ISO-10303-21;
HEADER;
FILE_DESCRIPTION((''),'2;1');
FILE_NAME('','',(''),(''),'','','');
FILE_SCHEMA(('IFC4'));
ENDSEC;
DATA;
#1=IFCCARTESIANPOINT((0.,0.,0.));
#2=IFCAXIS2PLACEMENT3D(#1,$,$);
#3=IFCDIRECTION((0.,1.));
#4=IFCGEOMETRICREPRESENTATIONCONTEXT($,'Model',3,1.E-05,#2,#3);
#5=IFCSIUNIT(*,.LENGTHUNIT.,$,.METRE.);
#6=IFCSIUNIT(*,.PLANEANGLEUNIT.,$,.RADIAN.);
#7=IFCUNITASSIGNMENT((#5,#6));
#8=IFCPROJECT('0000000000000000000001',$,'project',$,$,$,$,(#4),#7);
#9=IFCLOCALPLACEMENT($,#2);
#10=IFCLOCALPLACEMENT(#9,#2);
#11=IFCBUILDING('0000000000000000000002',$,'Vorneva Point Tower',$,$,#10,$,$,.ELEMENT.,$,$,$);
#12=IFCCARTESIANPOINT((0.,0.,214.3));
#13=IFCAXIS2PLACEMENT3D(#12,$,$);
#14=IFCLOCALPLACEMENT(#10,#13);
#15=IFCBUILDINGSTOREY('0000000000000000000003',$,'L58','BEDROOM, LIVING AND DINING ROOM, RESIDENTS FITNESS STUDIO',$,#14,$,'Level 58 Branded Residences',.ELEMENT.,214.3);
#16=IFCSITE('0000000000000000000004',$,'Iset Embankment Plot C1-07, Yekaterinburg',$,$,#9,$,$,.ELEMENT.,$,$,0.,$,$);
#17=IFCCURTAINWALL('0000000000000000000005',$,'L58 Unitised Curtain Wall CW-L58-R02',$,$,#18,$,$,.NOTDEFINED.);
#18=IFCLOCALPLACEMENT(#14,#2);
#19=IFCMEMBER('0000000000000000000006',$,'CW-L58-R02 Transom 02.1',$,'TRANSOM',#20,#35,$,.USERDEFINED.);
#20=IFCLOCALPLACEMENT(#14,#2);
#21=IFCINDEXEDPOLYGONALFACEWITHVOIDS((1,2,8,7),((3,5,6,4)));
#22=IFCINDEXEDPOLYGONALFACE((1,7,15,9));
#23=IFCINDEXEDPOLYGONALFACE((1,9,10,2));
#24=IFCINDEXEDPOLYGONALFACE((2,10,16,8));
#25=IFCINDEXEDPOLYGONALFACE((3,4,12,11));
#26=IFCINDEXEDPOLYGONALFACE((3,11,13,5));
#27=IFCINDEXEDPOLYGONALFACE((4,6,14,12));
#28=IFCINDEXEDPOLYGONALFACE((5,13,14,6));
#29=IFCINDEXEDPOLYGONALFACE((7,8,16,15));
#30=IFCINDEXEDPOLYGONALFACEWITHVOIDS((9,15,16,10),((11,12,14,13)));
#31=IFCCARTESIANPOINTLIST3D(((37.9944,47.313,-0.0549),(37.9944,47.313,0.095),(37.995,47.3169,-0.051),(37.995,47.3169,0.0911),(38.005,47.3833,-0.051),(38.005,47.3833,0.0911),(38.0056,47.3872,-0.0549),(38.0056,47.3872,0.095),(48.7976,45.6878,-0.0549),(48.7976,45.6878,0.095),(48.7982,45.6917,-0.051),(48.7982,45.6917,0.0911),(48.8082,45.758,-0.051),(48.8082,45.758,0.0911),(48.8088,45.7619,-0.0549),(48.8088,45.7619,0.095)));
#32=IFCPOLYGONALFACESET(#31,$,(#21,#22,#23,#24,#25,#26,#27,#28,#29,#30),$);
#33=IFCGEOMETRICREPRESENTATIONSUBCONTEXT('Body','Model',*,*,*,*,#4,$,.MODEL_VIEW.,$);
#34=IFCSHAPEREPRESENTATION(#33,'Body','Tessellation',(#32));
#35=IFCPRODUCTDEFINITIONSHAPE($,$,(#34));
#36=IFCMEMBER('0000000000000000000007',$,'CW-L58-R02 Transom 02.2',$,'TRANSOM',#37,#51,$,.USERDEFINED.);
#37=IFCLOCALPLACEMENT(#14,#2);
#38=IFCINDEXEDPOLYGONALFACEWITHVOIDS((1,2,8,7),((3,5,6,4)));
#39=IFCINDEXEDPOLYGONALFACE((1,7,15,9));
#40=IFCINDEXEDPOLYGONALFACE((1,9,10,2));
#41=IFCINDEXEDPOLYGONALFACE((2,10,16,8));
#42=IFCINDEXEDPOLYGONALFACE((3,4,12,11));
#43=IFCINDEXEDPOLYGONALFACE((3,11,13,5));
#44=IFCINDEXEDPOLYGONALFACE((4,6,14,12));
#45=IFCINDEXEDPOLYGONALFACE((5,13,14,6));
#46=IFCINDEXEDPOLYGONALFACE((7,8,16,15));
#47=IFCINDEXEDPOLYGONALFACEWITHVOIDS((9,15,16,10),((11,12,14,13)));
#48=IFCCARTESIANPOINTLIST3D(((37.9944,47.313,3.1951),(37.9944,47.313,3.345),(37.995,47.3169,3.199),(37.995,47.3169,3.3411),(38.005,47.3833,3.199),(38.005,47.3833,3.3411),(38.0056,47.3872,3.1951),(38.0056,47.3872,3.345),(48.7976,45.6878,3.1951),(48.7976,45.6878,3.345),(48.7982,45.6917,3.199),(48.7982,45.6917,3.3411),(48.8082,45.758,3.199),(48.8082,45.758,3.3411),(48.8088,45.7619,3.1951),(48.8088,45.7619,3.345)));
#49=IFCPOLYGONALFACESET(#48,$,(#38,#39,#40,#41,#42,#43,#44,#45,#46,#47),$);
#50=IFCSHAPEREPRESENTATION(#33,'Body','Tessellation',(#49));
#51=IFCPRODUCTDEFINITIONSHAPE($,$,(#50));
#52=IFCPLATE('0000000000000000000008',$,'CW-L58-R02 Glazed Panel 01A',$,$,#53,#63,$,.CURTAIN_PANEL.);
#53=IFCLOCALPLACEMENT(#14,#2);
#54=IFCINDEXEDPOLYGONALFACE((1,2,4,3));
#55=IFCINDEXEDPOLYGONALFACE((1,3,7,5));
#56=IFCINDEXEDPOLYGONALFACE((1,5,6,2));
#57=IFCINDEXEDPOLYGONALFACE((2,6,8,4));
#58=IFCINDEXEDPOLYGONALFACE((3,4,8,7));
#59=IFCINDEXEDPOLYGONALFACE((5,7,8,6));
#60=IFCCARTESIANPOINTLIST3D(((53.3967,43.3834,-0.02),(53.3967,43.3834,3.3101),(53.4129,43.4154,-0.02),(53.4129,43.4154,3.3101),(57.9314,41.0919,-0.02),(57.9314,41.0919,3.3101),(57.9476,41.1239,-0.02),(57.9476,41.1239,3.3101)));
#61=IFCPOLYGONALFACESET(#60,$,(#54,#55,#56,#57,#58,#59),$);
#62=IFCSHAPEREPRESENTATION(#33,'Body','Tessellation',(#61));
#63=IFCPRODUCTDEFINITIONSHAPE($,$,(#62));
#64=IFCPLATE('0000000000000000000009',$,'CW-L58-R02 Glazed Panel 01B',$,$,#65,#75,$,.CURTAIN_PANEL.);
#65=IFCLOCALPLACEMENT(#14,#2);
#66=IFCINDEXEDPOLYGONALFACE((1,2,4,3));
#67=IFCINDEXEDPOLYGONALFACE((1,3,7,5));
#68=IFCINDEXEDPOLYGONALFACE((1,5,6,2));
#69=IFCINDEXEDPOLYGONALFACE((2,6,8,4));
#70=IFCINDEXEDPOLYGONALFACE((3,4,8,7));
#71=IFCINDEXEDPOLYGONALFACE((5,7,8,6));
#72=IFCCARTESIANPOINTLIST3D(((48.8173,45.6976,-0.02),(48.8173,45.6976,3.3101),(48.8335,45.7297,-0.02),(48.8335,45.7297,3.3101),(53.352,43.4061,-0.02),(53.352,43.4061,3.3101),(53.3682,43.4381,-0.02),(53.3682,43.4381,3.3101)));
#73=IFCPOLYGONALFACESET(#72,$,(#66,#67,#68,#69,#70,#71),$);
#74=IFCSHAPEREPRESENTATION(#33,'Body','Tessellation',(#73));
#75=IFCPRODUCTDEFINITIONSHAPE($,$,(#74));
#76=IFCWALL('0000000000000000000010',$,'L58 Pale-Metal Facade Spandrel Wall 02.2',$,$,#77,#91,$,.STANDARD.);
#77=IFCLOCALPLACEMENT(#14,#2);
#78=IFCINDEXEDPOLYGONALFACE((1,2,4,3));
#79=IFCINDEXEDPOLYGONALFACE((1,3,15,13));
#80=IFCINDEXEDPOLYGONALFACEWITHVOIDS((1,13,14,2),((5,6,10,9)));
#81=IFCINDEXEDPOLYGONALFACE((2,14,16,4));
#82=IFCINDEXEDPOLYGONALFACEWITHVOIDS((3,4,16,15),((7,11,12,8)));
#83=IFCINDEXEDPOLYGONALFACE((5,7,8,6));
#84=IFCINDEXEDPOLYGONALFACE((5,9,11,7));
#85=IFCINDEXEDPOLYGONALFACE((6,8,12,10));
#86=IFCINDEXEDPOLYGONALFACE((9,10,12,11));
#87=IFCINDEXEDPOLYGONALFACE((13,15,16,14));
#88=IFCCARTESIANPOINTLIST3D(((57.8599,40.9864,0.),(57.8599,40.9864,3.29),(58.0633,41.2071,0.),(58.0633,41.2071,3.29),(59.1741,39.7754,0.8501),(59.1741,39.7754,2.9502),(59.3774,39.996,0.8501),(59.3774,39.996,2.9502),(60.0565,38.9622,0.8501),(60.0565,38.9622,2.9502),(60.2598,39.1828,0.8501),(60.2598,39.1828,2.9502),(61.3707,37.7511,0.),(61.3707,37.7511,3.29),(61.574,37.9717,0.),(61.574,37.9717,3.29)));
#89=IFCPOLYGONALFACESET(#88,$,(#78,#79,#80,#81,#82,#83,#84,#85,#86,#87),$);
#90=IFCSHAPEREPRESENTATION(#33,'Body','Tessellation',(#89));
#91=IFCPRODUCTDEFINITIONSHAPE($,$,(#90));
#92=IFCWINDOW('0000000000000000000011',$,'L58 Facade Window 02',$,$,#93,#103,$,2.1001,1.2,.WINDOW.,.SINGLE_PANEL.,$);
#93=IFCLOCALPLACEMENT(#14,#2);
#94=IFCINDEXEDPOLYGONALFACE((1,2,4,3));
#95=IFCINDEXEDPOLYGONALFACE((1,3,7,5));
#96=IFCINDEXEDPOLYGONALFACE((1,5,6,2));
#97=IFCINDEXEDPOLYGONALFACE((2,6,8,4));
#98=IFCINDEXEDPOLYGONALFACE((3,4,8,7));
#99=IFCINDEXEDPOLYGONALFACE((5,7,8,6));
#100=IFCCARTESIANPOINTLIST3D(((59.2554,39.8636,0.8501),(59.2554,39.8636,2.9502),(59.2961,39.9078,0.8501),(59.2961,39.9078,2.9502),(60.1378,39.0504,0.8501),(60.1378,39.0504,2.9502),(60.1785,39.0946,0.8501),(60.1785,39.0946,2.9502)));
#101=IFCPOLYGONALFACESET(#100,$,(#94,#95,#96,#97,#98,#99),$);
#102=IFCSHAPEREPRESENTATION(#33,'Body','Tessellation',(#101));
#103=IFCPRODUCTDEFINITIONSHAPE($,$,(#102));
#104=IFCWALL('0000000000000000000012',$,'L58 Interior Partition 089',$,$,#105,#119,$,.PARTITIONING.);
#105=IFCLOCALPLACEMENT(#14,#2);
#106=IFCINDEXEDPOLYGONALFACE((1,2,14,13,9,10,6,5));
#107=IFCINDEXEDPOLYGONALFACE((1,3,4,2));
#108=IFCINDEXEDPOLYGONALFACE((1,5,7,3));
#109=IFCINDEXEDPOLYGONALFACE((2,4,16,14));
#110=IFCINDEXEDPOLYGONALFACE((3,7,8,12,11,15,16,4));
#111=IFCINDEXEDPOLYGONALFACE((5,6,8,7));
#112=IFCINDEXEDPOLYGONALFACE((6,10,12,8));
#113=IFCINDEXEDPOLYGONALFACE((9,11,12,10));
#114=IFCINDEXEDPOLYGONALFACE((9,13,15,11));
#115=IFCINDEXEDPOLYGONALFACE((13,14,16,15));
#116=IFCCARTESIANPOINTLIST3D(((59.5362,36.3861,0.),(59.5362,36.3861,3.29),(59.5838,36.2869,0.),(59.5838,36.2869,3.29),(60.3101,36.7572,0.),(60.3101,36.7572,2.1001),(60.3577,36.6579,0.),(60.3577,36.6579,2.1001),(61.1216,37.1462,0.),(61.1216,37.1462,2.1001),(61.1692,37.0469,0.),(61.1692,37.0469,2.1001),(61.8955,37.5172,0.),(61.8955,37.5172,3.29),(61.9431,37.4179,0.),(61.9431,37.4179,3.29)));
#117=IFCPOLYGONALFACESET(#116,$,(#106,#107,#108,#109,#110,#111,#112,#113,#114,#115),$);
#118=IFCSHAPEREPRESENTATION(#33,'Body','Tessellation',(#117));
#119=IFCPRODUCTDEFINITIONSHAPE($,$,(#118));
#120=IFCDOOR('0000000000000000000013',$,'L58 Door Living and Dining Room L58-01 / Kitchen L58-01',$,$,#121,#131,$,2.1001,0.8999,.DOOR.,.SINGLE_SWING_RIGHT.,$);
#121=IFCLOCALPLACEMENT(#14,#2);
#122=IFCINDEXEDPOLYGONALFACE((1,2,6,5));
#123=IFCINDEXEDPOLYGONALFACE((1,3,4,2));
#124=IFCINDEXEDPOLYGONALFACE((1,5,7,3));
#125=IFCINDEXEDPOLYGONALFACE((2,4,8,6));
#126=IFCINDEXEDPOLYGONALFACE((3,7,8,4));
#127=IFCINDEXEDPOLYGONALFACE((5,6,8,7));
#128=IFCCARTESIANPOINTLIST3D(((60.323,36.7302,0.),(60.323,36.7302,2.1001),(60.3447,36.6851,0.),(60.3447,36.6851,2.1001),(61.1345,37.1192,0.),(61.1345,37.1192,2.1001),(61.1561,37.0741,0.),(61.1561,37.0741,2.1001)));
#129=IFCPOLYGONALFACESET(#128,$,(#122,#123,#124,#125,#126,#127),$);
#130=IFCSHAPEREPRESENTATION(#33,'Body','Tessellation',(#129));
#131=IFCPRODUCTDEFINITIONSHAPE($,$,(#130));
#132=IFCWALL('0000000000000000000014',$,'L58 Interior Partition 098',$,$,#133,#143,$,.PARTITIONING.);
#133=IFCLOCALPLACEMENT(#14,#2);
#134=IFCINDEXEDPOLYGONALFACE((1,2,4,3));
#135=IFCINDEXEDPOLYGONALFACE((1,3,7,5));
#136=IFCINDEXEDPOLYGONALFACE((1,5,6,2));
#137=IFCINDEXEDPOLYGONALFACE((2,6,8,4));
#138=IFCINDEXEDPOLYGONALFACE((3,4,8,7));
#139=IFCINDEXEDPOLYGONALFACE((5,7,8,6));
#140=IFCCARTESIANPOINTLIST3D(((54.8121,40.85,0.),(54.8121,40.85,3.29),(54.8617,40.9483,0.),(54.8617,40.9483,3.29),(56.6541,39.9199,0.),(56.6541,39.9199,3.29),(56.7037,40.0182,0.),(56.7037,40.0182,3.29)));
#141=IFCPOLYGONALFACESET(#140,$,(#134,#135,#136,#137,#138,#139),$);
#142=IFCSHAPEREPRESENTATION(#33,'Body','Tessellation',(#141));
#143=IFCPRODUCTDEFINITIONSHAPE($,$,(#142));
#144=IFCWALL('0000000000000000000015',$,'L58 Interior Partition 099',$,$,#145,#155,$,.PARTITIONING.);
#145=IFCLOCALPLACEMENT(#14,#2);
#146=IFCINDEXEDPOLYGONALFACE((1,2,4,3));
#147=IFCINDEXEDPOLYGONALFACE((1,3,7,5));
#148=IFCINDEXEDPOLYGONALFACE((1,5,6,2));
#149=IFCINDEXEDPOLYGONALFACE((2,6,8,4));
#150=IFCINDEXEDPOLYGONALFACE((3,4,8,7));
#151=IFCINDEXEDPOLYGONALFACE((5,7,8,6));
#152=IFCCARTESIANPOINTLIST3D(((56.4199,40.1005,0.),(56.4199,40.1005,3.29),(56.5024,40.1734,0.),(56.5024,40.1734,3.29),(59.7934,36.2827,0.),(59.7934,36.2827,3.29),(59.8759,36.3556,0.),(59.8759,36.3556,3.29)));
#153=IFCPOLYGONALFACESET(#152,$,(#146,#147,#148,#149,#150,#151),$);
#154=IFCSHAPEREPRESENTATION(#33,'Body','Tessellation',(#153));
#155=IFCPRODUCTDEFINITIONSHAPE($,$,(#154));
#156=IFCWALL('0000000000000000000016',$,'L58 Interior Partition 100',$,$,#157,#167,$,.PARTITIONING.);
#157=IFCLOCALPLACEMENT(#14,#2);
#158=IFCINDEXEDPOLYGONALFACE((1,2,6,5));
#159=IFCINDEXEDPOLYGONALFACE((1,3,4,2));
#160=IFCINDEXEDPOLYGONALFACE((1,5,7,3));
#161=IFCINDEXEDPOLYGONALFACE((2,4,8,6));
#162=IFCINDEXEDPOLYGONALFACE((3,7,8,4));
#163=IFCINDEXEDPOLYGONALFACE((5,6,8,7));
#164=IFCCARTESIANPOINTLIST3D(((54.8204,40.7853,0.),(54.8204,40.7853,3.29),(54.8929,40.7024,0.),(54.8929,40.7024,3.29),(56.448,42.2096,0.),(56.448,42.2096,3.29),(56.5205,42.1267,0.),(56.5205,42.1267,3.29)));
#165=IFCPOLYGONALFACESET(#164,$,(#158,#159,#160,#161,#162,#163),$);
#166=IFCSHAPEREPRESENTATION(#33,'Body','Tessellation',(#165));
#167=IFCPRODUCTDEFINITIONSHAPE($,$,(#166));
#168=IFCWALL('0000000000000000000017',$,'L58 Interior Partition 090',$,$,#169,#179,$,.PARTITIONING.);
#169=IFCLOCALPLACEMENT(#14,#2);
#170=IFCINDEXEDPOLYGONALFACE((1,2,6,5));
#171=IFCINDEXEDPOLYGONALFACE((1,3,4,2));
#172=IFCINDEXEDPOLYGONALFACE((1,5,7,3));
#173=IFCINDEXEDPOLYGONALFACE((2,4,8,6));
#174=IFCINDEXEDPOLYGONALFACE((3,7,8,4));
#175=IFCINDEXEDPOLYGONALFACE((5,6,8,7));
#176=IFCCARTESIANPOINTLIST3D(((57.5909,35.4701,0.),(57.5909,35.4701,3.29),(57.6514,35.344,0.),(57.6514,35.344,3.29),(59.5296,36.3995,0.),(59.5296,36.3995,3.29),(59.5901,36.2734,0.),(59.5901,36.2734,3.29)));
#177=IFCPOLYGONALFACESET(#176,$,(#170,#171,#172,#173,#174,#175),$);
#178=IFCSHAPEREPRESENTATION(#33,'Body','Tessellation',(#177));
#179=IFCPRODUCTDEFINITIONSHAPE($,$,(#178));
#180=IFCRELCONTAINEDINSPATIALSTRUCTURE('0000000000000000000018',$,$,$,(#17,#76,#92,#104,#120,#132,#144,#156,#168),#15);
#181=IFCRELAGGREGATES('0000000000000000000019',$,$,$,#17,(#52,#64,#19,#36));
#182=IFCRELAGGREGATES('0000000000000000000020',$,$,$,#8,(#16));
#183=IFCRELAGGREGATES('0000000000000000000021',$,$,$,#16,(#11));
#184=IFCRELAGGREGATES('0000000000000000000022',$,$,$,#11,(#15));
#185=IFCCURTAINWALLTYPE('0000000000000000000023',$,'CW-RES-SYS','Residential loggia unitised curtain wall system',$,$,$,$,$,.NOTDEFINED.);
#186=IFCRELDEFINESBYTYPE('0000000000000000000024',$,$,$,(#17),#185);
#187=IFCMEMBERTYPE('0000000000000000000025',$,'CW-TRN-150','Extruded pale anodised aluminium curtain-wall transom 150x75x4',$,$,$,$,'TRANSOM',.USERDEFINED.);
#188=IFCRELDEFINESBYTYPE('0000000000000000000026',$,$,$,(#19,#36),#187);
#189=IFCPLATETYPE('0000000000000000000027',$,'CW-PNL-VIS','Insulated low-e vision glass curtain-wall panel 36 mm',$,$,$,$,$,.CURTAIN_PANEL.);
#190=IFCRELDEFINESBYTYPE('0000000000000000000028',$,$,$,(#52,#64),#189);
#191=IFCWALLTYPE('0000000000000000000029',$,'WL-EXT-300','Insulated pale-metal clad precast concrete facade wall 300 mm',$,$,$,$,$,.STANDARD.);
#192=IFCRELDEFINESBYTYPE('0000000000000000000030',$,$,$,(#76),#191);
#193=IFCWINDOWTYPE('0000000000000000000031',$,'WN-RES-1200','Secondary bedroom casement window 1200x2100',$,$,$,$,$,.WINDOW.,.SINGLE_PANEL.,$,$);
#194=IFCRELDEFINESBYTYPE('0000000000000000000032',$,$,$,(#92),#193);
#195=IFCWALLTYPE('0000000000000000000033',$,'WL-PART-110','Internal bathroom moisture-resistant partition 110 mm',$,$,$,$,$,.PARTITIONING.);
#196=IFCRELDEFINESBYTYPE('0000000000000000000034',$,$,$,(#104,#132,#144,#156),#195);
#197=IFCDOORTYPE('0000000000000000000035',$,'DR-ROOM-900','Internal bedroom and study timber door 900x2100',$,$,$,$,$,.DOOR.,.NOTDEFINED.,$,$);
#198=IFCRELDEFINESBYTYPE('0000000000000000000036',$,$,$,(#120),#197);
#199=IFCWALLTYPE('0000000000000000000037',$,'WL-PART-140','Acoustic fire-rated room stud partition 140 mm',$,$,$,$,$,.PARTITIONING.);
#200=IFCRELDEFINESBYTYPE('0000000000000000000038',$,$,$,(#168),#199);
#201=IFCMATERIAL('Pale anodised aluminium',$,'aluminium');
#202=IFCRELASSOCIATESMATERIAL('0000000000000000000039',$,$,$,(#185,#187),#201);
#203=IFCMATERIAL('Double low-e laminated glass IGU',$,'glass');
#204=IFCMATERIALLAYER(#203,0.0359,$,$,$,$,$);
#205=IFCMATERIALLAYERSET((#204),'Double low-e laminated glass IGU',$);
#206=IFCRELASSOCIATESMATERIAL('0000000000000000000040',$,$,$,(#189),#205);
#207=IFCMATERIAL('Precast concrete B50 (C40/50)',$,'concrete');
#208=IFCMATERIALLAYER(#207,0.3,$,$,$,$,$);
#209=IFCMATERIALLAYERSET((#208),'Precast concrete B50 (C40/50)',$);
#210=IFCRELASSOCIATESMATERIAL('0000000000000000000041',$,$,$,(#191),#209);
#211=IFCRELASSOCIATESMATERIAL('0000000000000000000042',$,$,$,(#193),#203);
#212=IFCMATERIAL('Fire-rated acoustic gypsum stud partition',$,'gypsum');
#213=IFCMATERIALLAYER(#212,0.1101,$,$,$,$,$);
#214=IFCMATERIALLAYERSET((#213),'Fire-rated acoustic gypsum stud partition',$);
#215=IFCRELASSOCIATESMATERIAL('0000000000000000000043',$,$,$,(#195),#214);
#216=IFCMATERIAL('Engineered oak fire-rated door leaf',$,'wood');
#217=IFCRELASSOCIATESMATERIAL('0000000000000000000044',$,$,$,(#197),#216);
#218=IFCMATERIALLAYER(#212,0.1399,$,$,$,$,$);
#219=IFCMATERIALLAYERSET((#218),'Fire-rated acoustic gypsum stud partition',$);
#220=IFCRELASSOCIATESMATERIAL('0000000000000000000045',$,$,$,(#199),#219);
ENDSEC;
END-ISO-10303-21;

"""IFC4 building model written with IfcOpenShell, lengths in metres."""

from ifc_helpers import new_model, si_unit, direction, frame, frame_2d, origin, origin_2d, place, context, subcontext, project, spatial, rectangle, hollow_rectangle, extrude, material, layer, layer_set, material_profile, profile_set, type_object, element, fill, aggregate, save


model = new_model("IFC4")

# Units and contexts
model_context = context("Model", 3, precision=1e-05, world=origin(), true_north=direction((0.0, 1.0)))
body_context = subcontext(model_context, "Body", "Model", "MODEL_VIEW")
ifc_project = project(units=[si_unit("LENGTHUNIT", "METRE"), si_unit("PLANEANGLEUNIT", "RADIAN")], contexts=[model_context])

# Site, building, storey
site_placement = place(None, origin())
site = spatial("IfcSite", under=ifc_project, at=site_placement, Name="Iset Embankment Plot C1-07, Yekaterinburg", CompositionType="ELEMENT", RefElevation=0.0)
building_placement = place(site_placement, origin())
building = spatial("IfcBuilding", under=site, at=building_placement, Name="Vorneva Point Tower", CompositionType="ELEMENT")
storey_placement = place(building_placement, frame((0.0, 0.0, 214.3)))
storey = spatial("IfcBuildingStorey", under=building, at=storey_placement, Name="L58", Description="BEDROOM, LIVING AND DINING ROOM, RESIDENTS FITNESS STUDIO", LongName="Level 58 Branded Residences", CompositionType="ELEMENT", Elevation=214.3)

# Curtain wall, members, plates
ifc_material_1 = material(Name="Pale anodised aluminium", Category="aluminium")
curtain_wall_type = type_object("IfcCurtainWallType", Name="CW-RES-SYS", Description="Residential loggia unitised curtain wall system", PredefinedType="NOTDEFINED", material=ifc_material_1)
curtain_wall_placement = place(storey_placement, origin())
curtain_wall = element("IfcCurtainWall", 1, at=curtain_wall_placement, inside=storey, type_object=curtain_wall_type, Name="L58 Unitised Curtain Wall CW-L58-R02", PredefinedType="NOTDEFINED")
ifc_material_profile_1 = material_profile(ifc_material_1, hollow_rectangle(XDim=0.075, YDim=0.1499, WallThickness=0.0039, at=origin_2d()), Name="AL-TRN 150x75x4")
ifc_profile_set_1 = profile_set([ifc_material_profile_1], Name="Pale anodised aluminium")
member_type_1 = type_object("IfcMemberType", Name="CW-TRN-150", Description="Extruded pale anodised aluminium curtain-wall transom 150x75x4", ElementType="TRANSOM", PredefinedType="USERDEFINED", material=ifc_profile_set_1)
member_1_placement = place(storey_placement, frame((48.8032, 45.7249, 0.02), z_axis=(-0.988872, 0.148767, 0.0), x_axis=(-0.148767, -0.988872, 0.0)))
member_1 = element("IfcMember", 2, at=member_1_placement, type_object=member_type_1, Name="CW-L58-R02 Transom 02.1", ObjectType="TRANSOM", PredefinedType="USERDEFINED", context=body_context, shape_type="SweptSolid", body=[
    extrude(hollow_rectangle(XDim=0.075, YDim=0.1499, WallThickness=0.0039, at=origin_2d()), origin(), (0.0, 0.0, 1.0), 10.9248),
])
member_2_placement = place(storey_placement, frame((48.8032, 45.7249, 3.27), z_axis=(-0.988872, 0.148767, 0.0), x_axis=(-0.148767, -0.988872, 0.0)))
member_2 = element("IfcMember", 3, at=member_2_placement, type_object=member_type_1, Name="CW-L58-R02 Transom 02.2", ObjectType="TRANSOM", PredefinedType="USERDEFINED", context=body_context, shape_type="SweptSolid", body=[
    extrude(hollow_rectangle(XDim=0.075, YDim=0.1499, WallThickness=0.0039, at=origin_2d()), origin(), (0.0, 0.0, 1.0), 10.9248),
])
ifc_material_2 = material(Name="Double low-e laminated glass IGU", Category="glass")
ifc_layer_1 = layer(ifc_material_2, 0.0359)
ifc_layer_set_1 = layer_set([ifc_layer_1], Name="Double low-e laminated glass IGU")
plate_type = type_object("IfcPlateType", Name="CW-PNL-VIS", Description="Insulated low-e vision glass curtain-wall panel 36 mm", PredefinedType="CURTAIN_PANEL", material=ifc_layer_set_1)
plate_1_placement = place(storey_placement, frame((55.6721, 42.2537, -0.02), z_axis=(0.0, 0.0, 1.0), x_axis=(-0.892515, 0.451018, 0.0)))
plate_1 = element("IfcPlate", 4, at=plate_1_placement, type_object=plate_type, Name="CW-L58-R02 Glazed Panel 01A", PredefinedType="CURTAIN_PANEL", context=body_context, shape_type="SweptSolid", body=[
    extrude(rectangle(XDim=5.0808, YDim=0.0359, at=origin_2d()), origin(), (0.0, 0.0, 1.0), 3.3301),
])
plate_2_placement = place(storey_placement, frame((51.0928, 44.5679, -0.02), z_axis=(0.0, 0.0, 1.0), x_axis=(-0.892515, 0.451018, 0.0)))
plate_2 = element("IfcPlate", 5, at=plate_2_placement, type_object=plate_type, Name="CW-L58-R02 Glazed Panel 01B", PredefinedType="CURTAIN_PANEL", context=body_context, shape_type="SweptSolid", body=[
    extrude(rectangle(XDim=5.0808, YDim=0.0359, at=origin_2d()), origin(), (0.0, 0.0, 1.0), 3.3301),
])
aggregate(curtain_wall, [plate_1, plate_2, member_1, member_2])

# Wall, opening, window
ifc_material_3 = material(Name="Precast concrete B50 (C40/50)", Category="concrete")
ifc_layer_2 = layer(ifc_material_3, 0.3)
ifc_layer_set_2 = layer_set([ifc_layer_2], Name="Precast concrete B50 (C40/50)")
wall_type_1 = type_object("IfcWallType", Name="WL-EXT-300", Description="Insulated pale-metal clad precast concrete facade wall 300 mm", PredefinedType="STANDARD", material=ifc_layer_set_2)
wall_1_placement = place(storey_placement, frame((61.4724, 37.8613, 0.0), z_axis=(0.0, 0.0, 1.0), x_axis=(-0.73536, 0.677677, 0.0)))
wall_1 = element("IfcWall", 6, at=wall_1_placement, inside=storey, type_object=wall_type_1, Name="L58 Pale-Metal Facade Spandrel Wall 02.2", PredefinedType="STANDARD", context=body_context, shape_type="SweptSolid", body=[
    extrude(rectangle(XDim=4.7742, YDim=0.3, at=frame_2d((2.3872, 0.0))), origin(), (0.0, 0.0, 1.0), 3.29),
])
opening_1_placement = place(wall_1_placement, frame((1.7871, 0.0, 0.8501)))
opening_1 = element("IfcOpeningElement", 7, at=opening_1_placement, cuts=wall_1, PredefinedType="OPENING", context=body_context, shape_type="SweptSolid", body=[
    extrude(rectangle(XDim=1.2, YDim=2.1001, at=frame_2d((0.6001, 1.05))), frame((0.0, 0.165, 0.0), z_axis=(0.0, -1.0, 0.0), x_axis=(1.0, 0.0, 0.0)), (0.0, 0.0, 1.0), 0.3298),
])
window_type = type_object("IfcWindowType", Name="WN-RES-1200", Description="Secondary bedroom casement window 1200x2100", PartitioningType="SINGLE_PANEL", PredefinedType="WINDOW", material=ifc_material_2)
window_placement = place(opening_1_placement, origin())
window = element("IfcWindow", 8, at=window_placement, inside=storey, type_object=window_type, Name="L58 Facade Window 02", OverallHeight=2.1001, OverallWidth=1.2, PartitioningType="SINGLE_PANEL", PredefinedType="WINDOW", context=body_context, shape_type="SweptSolid", body=[
    extrude(rectangle(XDim=1.2, YDim=2.1001, at=frame_2d((0.6001, 1.05))), frame((0.0, 0.03, 0.0), z_axis=(0.0, -1.0, 0.0), x_axis=(1.0, 0.0, 0.0)), (0.0, 0.0, 1.0), 0.0601),
])
fill(opening_1, window)

# Wall, opening, door
ifc_material_4 = material(Name="Fire-rated acoustic gypsum stud partition", Category="gypsum")
ifc_layer_3 = layer(ifc_material_4, 0.1101)
ifc_layer_set_3 = layer_set([ifc_layer_3], Name="Fire-rated acoustic gypsum stud partition")
wall_type_2 = type_object("IfcWallType", Name="WL-PART-110", Description="Internal bathroom moisture-resistant partition 110 mm", PredefinedType="PARTITIONING", material=ifc_layer_set_3)
wall_2_placement = place(storey_placement, frame((61.9192, 37.4675, 0.0), z_axis=(0.0, 0.0, 1.0), x_axis=(-0.901731, -0.432297, 0.0)))
wall_2 = element("IfcWall", 9, at=wall_2_placement, inside=storey, type_object=wall_type_2, Name="L58 Interior Partition 089", PredefinedType="PARTITIONING", context=body_context, shape_type="SweptSolid", body=[
    extrude(rectangle(XDim=2.6165, YDim=0.1101, at=frame_2d((1.3081, 0.0))), origin(), (0.0, 0.0, 1.0), 3.29),
])
opening_2_placement = place(wall_2_placement, frame((0.8582, 0.0, 0.0)))
opening_2 = element("IfcOpeningElement", 10, at=opening_2_placement, cuts=wall_2, PredefinedType="OPENING", context=body_context, shape_type="SweptSolid", body=[
    extrude(rectangle(XDim=0.8999, YDim=2.1001, at=frame_2d((0.45, 1.05))), frame((0.0, 0.0698, 0.0), z_axis=(0.0, -1.0, 0.0), x_axis=(1.0, 0.0, 0.0)), (0.0, 0.0, 1.0), 0.1399),
])
ifc_material_5 = material(Name="Engineered oak fire-rated door leaf", Category="wood")
door_type = type_object("IfcDoorType", Name="DR-ROOM-900", Description="Internal bedroom and study timber door 900x2100", OperationType="NOTDEFINED", PredefinedType="DOOR", material=ifc_material_5)
door_1_placement = place(opening_2_placement, origin())
door_1 = element("IfcDoor", 11, at=door_1_placement, inside=storey, type_object=door_type, Name="L58 Door Living and Dining Room L58-01 / Kitchen L58-01", OperationType="SINGLE_SWING_RIGHT", OverallHeight=2.1001, OverallWidth=0.8999, PredefinedType="DOOR", context=body_context, shape_type="SweptSolid", body=[
    extrude(rectangle(XDim=0.8999, YDim=2.1001, at=frame_2d((0.45, 1.05))), frame((0.0, 0.0249, 0.0), z_axis=(0.0, -1.0, 0.0), x_axis=(1.0, 0.0, 0.0)), (0.0, 0.0, 1.0), 0.05),
])
fill(opening_2, door_1)

# Walls
wall_3_placement = place(storey_placement, frame((54.8369, 40.8992, 0.0), z_axis=(0.0, 0.0, 1.0), x_axis=(0.892646, -0.450759, 0.0)))
element("IfcWall", 12, at=wall_3_placement, inside=storey, type_object=wall_type_2, Name="L58 Interior Partition 098", PredefinedType="PARTITIONING", context=body_context, shape_type="SweptSolid", body=[
    extrude(rectangle(XDim=2.0635, YDim=0.1101, at=frame_2d((1.0317, 0.0))), origin(), (0.0, 0.0, 1.0), 3.29),
])
wall_4_placement = place(storey_placement, frame((56.4612, 40.137, 0.0), z_axis=(0.0, 0.0, 1.0), x_axis=(0.662154, -0.749368, 0.0)))
element("IfcWall", 13, at=wall_4_placement, inside=storey, type_object=wall_type_2, Name="L58 Interior Partition 099", PredefinedType="PARTITIONING", context=body_context, shape_type="SweptSolid", body=[
    extrude(rectangle(XDim=5.0947, YDim=0.1101, at=frame_2d((2.5474, 0.0))), origin(), (0.0, 0.0, 1.0), 3.29),
])
wall_5_placement = place(storey_placement, frame((56.4844, 42.1682, 0.0), z_axis=(0.0, 0.0, 1.0), x_axis=(-0.752556, -0.658529, 0.0)))
element("IfcWall", 14, at=wall_5_placement, inside=storey, type_object=wall_type_2, Name="L58 Interior Partition 100", PredefinedType="PARTITIONING", context=body_context, shape_type="SweptSolid", body=[
    extrude(rectangle(XDim=2.1628, YDim=0.1101, at=frame_2d((1.0815, 0.0))), origin(), (0.0, 0.0, 1.0), 3.29),
])
ifc_layer_4 = layer(ifc_material_4, 0.1399)
ifc_layer_set_4 = layer_set([ifc_layer_4], Name="Fire-rated acoustic gypsum stud partition")
wall_type_3 = type_object("IfcWallType", Name="WL-PART-140", Description="Acoustic fire-rated room stud partition 140 mm", PredefinedType="PARTITIONING", material=ifc_layer_set_4)
wall_6_placement = place(storey_placement, frame((59.5598, 36.3364, 0.0), z_axis=(0.0, 0.0, 1.0), x_axis=(-0.90173, -0.432299, 0.0)))
element("IfcWall", 15, at=wall_6_placement, inside=storey, type_object=wall_type_3, Name="L58 Interior Partition 090", PredefinedType="PARTITIONING", context=body_context, shape_type="SweptSolid", body=[
    extrude(rectangle(XDim=2.1499, YDim=0.1399, at=frame_2d((1.075, 0.0))), origin(), (0.0, 0.0, 1.0), 3.29),
])

save(model, "model.ifc")
